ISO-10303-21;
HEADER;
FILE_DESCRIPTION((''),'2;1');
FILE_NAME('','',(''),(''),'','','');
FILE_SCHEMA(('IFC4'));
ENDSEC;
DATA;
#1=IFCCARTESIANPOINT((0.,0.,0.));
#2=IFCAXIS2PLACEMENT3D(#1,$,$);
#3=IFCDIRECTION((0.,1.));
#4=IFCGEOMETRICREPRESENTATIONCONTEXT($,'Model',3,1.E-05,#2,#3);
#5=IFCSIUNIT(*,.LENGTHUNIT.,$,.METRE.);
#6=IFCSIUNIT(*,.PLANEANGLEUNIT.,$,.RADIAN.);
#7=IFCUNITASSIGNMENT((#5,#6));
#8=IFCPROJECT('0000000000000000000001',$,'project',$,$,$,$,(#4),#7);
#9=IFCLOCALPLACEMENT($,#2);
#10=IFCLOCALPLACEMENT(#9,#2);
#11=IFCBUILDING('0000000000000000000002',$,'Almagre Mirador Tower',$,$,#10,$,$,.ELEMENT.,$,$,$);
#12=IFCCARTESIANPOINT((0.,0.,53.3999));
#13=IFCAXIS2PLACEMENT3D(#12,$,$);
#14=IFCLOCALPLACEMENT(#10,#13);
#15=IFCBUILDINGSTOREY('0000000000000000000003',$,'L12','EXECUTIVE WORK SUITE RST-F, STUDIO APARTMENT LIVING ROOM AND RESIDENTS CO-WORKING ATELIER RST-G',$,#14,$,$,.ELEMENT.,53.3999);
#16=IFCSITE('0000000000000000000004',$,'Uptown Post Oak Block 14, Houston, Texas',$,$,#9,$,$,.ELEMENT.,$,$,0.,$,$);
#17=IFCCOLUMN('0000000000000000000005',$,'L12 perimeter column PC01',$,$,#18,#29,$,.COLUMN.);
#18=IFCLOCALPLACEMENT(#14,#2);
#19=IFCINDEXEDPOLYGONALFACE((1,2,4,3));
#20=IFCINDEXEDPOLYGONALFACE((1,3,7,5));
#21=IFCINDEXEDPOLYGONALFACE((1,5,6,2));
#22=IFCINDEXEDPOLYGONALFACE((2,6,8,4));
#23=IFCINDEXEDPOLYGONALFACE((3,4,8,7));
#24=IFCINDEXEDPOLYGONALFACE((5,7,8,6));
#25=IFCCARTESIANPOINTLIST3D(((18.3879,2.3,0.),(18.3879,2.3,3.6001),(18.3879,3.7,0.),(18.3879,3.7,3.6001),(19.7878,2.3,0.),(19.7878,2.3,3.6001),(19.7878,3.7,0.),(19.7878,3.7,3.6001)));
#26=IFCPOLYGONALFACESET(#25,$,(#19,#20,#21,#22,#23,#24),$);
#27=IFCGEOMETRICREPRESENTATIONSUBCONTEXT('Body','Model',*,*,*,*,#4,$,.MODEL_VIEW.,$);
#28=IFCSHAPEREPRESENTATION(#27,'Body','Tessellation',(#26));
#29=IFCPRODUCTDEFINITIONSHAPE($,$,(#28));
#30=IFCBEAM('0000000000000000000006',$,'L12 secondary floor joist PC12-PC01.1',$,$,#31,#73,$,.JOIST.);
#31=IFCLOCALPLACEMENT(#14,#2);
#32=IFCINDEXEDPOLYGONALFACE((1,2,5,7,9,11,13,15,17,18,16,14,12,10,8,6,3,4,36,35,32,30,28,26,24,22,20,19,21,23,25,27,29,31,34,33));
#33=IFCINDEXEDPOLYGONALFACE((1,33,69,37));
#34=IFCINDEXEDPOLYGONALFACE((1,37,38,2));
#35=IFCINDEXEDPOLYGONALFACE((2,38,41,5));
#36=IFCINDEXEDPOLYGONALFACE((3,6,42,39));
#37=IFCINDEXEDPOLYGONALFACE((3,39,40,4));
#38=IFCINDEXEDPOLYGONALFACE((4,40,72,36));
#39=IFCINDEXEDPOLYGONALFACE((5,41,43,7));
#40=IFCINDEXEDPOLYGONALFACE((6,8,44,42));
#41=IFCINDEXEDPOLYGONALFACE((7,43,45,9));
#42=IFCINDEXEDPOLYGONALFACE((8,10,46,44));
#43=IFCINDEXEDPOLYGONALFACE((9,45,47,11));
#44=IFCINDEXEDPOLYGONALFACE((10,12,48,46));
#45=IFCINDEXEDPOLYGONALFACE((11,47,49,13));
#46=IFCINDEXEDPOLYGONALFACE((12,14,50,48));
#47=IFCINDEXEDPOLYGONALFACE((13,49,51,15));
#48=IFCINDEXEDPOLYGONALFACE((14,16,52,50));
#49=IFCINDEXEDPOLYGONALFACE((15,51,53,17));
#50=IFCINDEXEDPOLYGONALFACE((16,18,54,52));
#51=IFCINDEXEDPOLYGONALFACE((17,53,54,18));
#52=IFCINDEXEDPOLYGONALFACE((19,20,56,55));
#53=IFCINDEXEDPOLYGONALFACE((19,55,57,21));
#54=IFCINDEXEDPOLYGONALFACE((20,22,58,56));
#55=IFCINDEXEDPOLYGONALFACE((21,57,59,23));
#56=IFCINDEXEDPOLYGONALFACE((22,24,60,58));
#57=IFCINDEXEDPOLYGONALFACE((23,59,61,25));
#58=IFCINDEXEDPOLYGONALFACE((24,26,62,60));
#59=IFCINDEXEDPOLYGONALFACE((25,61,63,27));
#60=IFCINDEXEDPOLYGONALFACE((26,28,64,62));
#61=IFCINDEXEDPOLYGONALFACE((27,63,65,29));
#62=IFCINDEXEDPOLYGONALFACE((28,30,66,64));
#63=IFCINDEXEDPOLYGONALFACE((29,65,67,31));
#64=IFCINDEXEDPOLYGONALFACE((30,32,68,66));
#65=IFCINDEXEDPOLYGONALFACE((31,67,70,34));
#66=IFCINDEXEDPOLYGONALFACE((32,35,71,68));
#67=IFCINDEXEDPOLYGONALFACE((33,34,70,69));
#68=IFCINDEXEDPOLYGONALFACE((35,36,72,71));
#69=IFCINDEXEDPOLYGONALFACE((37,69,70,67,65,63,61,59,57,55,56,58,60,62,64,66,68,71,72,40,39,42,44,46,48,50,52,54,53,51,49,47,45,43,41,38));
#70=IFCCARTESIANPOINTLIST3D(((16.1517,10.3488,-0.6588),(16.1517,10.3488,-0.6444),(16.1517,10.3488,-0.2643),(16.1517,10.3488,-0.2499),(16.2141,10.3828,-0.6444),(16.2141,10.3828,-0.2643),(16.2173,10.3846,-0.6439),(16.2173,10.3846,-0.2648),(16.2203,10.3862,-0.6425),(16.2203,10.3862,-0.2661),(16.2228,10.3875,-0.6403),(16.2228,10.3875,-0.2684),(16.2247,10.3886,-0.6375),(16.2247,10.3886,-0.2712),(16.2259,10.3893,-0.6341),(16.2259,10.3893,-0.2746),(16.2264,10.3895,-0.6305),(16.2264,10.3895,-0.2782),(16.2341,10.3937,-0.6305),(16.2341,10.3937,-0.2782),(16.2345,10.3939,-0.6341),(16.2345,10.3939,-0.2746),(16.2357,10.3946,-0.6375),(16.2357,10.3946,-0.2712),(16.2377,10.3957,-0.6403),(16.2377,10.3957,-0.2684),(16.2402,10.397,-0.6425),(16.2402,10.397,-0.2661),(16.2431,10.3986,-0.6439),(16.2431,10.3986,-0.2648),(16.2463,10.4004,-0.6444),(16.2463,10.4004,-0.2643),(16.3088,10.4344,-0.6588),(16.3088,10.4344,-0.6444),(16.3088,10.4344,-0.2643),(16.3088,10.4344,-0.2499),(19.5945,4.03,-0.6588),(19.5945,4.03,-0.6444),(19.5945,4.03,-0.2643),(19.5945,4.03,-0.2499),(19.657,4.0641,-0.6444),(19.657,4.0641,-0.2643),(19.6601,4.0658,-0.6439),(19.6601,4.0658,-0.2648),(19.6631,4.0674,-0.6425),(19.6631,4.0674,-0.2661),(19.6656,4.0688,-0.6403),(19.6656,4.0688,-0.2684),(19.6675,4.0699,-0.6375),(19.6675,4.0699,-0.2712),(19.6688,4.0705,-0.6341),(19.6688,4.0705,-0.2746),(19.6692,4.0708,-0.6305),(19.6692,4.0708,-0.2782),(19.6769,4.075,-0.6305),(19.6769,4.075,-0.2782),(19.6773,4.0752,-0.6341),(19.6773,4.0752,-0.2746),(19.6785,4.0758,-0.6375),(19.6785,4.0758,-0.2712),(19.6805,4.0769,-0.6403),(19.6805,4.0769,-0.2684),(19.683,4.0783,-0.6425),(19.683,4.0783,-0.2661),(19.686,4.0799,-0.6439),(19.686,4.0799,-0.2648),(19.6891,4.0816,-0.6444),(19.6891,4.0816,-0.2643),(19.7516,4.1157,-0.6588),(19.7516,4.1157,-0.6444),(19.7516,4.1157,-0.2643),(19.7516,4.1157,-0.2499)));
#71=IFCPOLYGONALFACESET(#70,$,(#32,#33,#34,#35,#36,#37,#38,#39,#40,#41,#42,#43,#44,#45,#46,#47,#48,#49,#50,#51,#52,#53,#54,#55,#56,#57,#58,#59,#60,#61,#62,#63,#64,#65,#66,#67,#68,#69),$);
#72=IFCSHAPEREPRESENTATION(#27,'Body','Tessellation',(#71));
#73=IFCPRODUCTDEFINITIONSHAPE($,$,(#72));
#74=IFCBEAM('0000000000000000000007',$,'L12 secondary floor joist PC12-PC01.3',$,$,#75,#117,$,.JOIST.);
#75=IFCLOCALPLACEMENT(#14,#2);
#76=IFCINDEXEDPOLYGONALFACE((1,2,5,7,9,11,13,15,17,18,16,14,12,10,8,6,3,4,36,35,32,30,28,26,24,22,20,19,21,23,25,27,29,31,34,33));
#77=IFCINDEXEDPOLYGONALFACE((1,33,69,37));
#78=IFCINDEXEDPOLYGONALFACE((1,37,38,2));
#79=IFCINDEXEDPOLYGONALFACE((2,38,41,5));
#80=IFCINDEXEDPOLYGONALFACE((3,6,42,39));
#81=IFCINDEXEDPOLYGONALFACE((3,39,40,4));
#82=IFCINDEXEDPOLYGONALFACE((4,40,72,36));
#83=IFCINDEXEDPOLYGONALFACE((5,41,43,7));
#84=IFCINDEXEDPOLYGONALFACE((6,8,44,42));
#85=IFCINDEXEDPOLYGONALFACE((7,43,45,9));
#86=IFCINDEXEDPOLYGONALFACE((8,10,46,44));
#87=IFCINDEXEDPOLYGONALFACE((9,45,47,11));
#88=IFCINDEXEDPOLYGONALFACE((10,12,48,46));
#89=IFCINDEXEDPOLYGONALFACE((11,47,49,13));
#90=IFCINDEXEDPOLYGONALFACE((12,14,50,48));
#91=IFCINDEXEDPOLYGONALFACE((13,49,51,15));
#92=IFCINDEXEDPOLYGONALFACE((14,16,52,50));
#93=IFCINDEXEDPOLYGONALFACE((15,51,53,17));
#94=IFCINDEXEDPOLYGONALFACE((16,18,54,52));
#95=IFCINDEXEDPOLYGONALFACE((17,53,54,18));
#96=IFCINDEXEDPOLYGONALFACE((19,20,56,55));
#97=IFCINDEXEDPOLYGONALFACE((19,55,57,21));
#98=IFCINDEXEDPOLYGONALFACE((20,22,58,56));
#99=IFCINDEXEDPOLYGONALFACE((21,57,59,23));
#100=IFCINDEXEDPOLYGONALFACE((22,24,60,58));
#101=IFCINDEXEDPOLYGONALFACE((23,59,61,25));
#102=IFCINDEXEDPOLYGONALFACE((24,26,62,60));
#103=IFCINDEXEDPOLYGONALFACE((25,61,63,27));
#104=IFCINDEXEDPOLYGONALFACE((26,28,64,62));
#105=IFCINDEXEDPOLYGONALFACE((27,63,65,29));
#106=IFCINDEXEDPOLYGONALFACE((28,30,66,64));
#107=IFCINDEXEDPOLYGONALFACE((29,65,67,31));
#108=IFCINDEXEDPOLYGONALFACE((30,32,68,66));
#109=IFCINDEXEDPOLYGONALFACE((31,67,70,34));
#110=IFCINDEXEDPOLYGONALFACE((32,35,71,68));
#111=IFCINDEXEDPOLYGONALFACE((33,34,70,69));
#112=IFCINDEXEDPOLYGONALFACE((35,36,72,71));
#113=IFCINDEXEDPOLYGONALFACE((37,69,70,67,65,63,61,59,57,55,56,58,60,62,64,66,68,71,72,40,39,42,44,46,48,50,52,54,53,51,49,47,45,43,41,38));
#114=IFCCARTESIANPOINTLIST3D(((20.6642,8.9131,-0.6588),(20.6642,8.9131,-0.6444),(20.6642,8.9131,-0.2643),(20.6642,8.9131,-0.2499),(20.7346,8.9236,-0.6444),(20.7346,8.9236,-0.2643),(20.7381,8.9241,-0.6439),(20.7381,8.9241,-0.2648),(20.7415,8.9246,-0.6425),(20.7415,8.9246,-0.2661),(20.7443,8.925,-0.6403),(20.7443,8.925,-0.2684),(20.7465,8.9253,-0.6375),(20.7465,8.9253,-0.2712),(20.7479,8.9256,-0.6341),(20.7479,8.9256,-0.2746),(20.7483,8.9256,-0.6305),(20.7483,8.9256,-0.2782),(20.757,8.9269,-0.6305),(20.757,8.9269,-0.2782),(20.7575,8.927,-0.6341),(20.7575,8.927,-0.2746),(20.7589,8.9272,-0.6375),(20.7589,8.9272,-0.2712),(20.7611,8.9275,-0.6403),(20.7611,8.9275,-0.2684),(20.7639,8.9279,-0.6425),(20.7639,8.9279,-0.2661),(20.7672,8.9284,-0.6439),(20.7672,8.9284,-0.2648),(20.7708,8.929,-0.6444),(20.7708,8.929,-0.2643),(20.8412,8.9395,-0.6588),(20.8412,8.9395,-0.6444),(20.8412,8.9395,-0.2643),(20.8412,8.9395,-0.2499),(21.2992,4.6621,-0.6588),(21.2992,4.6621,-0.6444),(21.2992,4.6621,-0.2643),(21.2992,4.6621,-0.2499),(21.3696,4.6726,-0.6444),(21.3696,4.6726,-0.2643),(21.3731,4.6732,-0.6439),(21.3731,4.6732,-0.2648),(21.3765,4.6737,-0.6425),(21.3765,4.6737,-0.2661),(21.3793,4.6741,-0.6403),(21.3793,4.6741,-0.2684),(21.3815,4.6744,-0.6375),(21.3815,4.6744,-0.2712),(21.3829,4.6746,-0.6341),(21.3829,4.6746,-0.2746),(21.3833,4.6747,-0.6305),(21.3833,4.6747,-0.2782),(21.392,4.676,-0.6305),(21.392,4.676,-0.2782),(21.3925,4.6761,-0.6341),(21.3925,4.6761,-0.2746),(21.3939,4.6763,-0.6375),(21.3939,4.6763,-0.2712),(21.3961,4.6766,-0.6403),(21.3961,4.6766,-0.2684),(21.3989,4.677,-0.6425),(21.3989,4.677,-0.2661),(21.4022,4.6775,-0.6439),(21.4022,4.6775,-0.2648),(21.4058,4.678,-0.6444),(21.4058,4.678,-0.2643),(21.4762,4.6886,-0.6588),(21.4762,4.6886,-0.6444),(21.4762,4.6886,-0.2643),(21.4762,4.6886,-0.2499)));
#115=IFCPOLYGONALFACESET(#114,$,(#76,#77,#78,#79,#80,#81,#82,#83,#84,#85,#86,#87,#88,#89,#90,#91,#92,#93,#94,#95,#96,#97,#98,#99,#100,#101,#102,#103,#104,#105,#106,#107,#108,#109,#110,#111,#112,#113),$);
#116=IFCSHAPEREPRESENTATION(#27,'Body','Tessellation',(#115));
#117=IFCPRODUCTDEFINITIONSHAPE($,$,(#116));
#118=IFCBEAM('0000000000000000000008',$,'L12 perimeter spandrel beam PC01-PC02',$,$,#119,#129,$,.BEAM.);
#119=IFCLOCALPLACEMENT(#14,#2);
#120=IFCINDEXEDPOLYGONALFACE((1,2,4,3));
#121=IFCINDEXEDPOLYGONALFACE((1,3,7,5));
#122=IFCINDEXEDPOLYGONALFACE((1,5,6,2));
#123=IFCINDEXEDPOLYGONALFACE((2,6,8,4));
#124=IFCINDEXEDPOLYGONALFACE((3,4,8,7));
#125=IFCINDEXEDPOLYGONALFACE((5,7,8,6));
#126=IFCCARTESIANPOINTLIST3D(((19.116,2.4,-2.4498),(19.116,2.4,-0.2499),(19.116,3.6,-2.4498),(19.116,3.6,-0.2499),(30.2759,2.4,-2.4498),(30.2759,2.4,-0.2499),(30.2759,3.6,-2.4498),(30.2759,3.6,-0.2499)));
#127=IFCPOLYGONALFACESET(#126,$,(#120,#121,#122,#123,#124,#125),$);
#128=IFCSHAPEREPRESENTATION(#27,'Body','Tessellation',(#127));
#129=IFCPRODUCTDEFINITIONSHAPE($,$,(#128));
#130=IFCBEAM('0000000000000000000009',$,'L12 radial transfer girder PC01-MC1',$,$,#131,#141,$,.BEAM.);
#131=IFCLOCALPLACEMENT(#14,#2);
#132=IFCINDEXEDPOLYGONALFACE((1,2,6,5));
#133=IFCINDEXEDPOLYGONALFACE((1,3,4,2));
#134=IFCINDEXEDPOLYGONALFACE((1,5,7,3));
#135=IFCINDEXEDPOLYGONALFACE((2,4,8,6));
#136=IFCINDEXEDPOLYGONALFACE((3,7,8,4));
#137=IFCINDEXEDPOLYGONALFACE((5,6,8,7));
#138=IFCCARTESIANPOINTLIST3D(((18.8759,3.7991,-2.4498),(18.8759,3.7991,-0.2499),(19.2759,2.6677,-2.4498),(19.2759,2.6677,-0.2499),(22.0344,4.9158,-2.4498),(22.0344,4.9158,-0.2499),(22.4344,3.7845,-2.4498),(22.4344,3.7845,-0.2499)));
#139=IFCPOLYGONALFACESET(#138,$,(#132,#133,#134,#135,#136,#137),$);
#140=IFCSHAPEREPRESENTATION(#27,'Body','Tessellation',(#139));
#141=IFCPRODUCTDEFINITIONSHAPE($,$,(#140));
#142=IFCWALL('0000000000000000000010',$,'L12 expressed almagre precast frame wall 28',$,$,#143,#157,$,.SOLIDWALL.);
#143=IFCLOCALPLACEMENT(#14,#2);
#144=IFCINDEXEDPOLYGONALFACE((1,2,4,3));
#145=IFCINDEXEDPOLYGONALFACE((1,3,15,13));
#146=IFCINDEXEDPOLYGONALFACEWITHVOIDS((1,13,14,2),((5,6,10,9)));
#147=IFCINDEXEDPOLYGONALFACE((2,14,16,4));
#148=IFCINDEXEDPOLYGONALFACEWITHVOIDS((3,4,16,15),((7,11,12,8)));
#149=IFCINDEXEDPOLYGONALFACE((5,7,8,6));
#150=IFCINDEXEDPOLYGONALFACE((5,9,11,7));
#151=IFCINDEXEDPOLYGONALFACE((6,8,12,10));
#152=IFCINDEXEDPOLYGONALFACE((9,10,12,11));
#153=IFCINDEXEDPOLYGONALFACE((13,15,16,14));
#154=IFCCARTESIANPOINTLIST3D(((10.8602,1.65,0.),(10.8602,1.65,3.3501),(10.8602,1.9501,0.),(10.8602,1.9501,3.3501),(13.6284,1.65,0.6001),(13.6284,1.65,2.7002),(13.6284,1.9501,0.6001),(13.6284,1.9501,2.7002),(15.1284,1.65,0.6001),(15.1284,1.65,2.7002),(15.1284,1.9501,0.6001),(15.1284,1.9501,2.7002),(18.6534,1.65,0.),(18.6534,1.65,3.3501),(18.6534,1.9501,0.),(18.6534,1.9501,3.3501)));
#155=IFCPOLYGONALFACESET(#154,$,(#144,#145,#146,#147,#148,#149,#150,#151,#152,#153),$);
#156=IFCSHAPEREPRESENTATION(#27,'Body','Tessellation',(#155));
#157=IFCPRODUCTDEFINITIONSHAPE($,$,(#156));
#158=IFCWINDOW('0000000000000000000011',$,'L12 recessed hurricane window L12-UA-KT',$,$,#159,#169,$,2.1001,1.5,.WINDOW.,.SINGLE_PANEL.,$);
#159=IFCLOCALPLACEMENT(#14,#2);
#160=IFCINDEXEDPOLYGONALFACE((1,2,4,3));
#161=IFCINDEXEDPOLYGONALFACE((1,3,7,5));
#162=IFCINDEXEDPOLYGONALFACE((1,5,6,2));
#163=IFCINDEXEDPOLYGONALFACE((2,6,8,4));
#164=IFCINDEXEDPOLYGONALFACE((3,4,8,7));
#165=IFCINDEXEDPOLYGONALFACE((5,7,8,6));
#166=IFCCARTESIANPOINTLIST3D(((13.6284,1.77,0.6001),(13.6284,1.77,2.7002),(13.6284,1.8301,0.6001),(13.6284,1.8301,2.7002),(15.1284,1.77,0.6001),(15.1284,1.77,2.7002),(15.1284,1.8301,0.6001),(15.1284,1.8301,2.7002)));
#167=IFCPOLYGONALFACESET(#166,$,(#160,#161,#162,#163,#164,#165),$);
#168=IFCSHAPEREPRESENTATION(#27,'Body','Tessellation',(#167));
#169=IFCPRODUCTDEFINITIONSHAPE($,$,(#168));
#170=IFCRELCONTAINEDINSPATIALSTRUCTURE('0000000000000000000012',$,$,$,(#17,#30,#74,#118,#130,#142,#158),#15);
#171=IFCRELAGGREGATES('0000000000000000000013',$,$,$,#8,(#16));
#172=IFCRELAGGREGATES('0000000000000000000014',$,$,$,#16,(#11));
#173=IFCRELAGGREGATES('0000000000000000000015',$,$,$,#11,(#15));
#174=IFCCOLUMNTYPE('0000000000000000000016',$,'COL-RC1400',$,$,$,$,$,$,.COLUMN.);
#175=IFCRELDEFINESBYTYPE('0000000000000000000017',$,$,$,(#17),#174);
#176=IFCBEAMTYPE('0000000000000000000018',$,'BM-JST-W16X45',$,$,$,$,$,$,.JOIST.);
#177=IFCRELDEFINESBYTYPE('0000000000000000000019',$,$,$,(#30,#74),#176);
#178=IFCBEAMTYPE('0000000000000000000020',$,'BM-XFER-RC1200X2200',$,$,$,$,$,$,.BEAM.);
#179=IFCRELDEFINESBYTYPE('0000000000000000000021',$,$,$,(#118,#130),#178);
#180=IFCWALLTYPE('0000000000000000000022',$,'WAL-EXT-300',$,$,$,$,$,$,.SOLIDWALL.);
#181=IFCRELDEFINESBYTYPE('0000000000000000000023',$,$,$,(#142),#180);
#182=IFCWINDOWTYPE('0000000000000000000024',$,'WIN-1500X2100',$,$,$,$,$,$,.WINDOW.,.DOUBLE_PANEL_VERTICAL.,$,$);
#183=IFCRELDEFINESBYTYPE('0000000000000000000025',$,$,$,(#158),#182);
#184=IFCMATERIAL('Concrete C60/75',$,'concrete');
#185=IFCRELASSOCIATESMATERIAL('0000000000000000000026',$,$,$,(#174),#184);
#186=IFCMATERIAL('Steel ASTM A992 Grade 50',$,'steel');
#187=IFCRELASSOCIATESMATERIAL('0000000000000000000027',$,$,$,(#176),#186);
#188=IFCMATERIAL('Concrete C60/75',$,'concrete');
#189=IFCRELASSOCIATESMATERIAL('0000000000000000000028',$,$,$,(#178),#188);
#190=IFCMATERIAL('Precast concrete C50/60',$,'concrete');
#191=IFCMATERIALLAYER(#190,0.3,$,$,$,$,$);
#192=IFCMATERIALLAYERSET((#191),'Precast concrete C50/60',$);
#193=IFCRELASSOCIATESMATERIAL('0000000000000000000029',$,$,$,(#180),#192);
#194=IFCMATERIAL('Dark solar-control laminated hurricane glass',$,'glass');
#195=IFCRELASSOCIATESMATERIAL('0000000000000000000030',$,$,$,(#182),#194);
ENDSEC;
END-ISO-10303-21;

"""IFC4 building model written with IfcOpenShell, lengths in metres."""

from ifc_helpers import new_model, si_unit, direction, frame, frame_2d, origin, origin_2d, place, context, subcontext, project, spatial, rectangle, i_section, extrude, material, layer, layer_set, material_profile, profile_set, type_object, element, fill, save


model = new_model("IFC4")

# Units and contexts
model_context = context("Model", 3, precision=1e-05, world=origin(), true_north=direction((0.0, 1.0)))
body_context = subcontext(model_context, "Body", "Model", "MODEL_VIEW")
ifc_project = project(units=[si_unit("LENGTHUNIT", "METRE"), si_unit("PLANEANGLEUNIT", "RADIAN")], contexts=[model_context])

# Site, building, storey
site_placement = place(None, origin())
site = spatial("IfcSite", under=ifc_project, at=site_placement, Name="Uptown Post Oak Block 14, Houston, Texas", CompositionType="ELEMENT", RefElevation=0.0)
building_placement = place(site_placement, origin())
building = spatial("IfcBuilding", under=site, at=building_placement, Name="Almagre Mirador Tower", CompositionType="ELEMENT")
storey_placement = place(building_placement, frame((0.0, 0.0, 53.3999)))
storey = spatial("IfcBuildingStorey", under=building, at=storey_placement, Name="L12", Description="EXECUTIVE WORK SUITE RST-F, STUDIO APARTMENT LIVING ROOM AND RESIDENTS CO-WORKING ATELIER RST-G", CompositionType="ELEMENT", Elevation=53.3999)

# Column
ifc_material_1 = material(Name="Concrete C60/75", Category="concrete")
ifc_material_profile_1 = material_profile(ifc_material_1, rectangle(XDim=1.3999, YDim=1.3999, at=origin_2d()), Name="RC1400X1400")
ifc_profile_set_1 = profile_set([ifc_material_profile_1], Name="Concrete C60/75")
column_type = type_object("IfcColumnType", Name="COL-RC1400", PredefinedType="COLUMN", material=ifc_profile_set_1)
column_placement = place(storey_placement, frame((19.0879, 3.0, 0.0), z_axis=(0.0, 0.0, 1.0), x_axis=(1.0, 0.0, 0.0)))
element("IfcColumn", 1, at=column_placement, inside=storey, type_object=column_type, Name="L12 perimeter column PC01", PredefinedType="COLUMN", context=body_context, shape_type="SweptSolid", body=[
    extrude(rectangle(XDim=1.3999, YDim=1.3999, at=origin_2d()), origin(), (0.0, 0.0, 1.0), 3.6001),
])

# Beams
ifc_material_2 = material(Name="Steel ASTM A992 Grade 50", Category="steel")
ifc_material_profile_2 = material_profile(ifc_material_2, i_section(OverallWidth=0.179, OverallDepth=0.4089, WebThickness=0.0088, FlangeThickness=0.0144, FilletRadius=0.0139, at=origin_2d()), Name="W16X45")
ifc_profile_set_2 = profile_set([ifc_material_profile_2], Name="Steel ASTM A992 Grade 50")
beam_type_1 = type_object("IfcBeamType", Name="BM-JST-W16X45", PredefinedType="JOIST", material=ifc_profile_set_2)
beam_1_placement = place(storey_placement, frame((16.2302, 10.3916, -0.4543), z_axis=(0.478448, -0.878116, 0.0), x_axis=(0.878116, 0.478448, 0.0)))
element("IfcBeam", 2, at=beam_1_placement, inside=storey, type_object=beam_type_1, Name="L12 secondary floor joist PC12-PC01.1", PredefinedType="JOIST", context=body_context, shape_type="SweptSolid", body=[
    extrude(i_section(OverallWidth=0.179, OverallDepth=0.4089, WebThickness=0.0088, FlangeThickness=0.0144, FilletRadius=0.0139, at=origin_2d()), origin(), (0.0, 0.0, 1.0), 7.1958),
])
beam_2_placement = place(storey_placement, frame((20.7527, 8.9263, -0.4543), z_axis=(0.14774, -0.989026, 0.0), x_axis=(0.989026, 0.14774, 0.0)))
element("IfcBeam", 3, at=beam_2_placement, inside=storey, type_object=beam_type_1, Name="L12 secondary floor joist PC12-PC01.3", PredefinedType="JOIST", context=body_context, shape_type="SweptSolid", body=[
    extrude(i_section(OverallWidth=0.179, OverallDepth=0.4089, WebThickness=0.0088, FlangeThickness=0.0144, FilletRadius=0.0139, at=origin_2d()), origin(), (0.0, 0.0, 1.0), 4.2981),
])
ifc_material_3 = material(Name="Concrete C60/75", Category="concrete")
ifc_material_profile_3 = material_profile(ifc_material_3, rectangle(XDim=1.2, YDim=2.2, at=origin_2d()), Name="RC1200X2200")
ifc_profile_set_3 = profile_set([ifc_material_profile_3], Name="Concrete C60/75")
beam_type_2 = type_object("IfcBeamType", Name="BM-XFER-RC1200X2200", PredefinedType="BEAM", material=ifc_profile_set_3)
beam_3_placement = place(storey_placement, frame((19.116, 3.0, -1.3499), z_axis=(1.0, 0.0, 0.0), x_axis=(0.0, 1.0, 0.0)))
element("IfcBeam", 4, at=beam_3_placement, inside=storey, type_object=beam_type_2, Name="L12 perimeter spandrel beam PC01-PC02", PredefinedType="BEAM", context=body_context, shape_type="SweptSolid", body=[
    extrude(rectangle(XDim=1.2, YDim=2.2, at=origin_2d()), origin(), (0.0, 0.0, 1.0), 11.1599),
])
beam_4_placement = place(storey_placement, frame((19.0759, 3.2334, -1.3499), z_axis=(0.942807, 0.333339, 0.0), x_axis=(-0.333339, 0.942807, 0.0)))
element("IfcBeam", 5, at=beam_4_placement, inside=storey, type_object=beam_type_2, Name="L12 radial transfer girder PC01-MC1", PredefinedType="BEAM", context=body_context, shape_type="SweptSolid", body=[
    extrude(rectangle(XDim=1.2, YDim=2.2, at=origin_2d()), origin(), (0.0, 0.0, 1.0), 3.3501),
])

# Wall, opening, window
ifc_material_4 = material(Name="Precast concrete C50/60", Category="concrete")
ifc_layer_1 = layer(ifc_material_4, 0.3)
ifc_layer_set_1 = layer_set([ifc_layer_1], Name="Precast concrete C50/60")
wall_type_1 = type_object("IfcWallType", Name="WAL-EXT-300", PredefinedType="SOLIDWALL", material=ifc_layer_set_1)
wall_1_placement = place(storey_placement, frame((18.6533, 1.8, 0.0), z_axis=(0.0, 0.0, 1.0), x_axis=(-1.0, 0.0, 0.0)))
wall_1 = element("IfcWall", 6, at=wall_1_placement, inside=storey, type_object=wall_type_1, Name="L12 expressed almagre precast frame wall 28", PredefinedType="SOLIDWALL", context=body_context, shape_type="SweptSolid", body=[
    extrude(rectangle(XDim=7.7932, YDim=0.3, at=frame_2d((3.8965, 0.0))), origin(), (0.0, 0.0, 1.0), 3.3501),
])
opening_1_placement = place(wall_1_placement, frame((3.5249, 0.0, 0.6001)))
opening_1 = element("IfcOpeningElement", 7, at=opening_1_placement, cuts=wall_1, PredefinedType="OPENING", context=body_context, shape_type="SweptSolid", body=[
    extrude(rectangle(XDim=1.5, YDim=2.1001, at=frame_2d((0.75, 1.05))), frame((0.0, 0.1599, 0.0), z_axis=(0.0, -1.0, 0.0), x_axis=(1.0, 0.0, 0.0)), (0.0, 0.0, 1.0), 0.32),
])
ifc_material_5 = material(Name="Dark solar-control laminated hurricane glass", Category="glass")
window_type = type_object("IfcWindowType", Name="WIN-1500X2100", PartitioningType="DOUBLE_PANEL_VERTICAL", PredefinedType="WINDOW", material=ifc_material_5)
window_placement = place(opening_1_placement, origin())
window = element("IfcWindow", 8, at=window_placement, inside=storey, type_object=window_type, Name="L12 recessed hurricane window L12-UA-KT", OverallHeight=2.1001, OverallWidth=1.5, PartitioningType="SINGLE_PANEL", PredefinedType="WINDOW", context=body_context, shape_type="SweptSolid", body=[
    extrude(rectangle(XDim=1.5, YDim=2.1001, at=frame_2d((0.75, 1.05))), frame((0.0, 0.03, 0.0), z_axis=(0.0, -1.0, 0.0), x_axis=(1.0, 0.0, 0.0)), (0.0, 0.0, 1.0), 0.0601),
])
fill(opening_1, window)

save(model, "model.ifc")
